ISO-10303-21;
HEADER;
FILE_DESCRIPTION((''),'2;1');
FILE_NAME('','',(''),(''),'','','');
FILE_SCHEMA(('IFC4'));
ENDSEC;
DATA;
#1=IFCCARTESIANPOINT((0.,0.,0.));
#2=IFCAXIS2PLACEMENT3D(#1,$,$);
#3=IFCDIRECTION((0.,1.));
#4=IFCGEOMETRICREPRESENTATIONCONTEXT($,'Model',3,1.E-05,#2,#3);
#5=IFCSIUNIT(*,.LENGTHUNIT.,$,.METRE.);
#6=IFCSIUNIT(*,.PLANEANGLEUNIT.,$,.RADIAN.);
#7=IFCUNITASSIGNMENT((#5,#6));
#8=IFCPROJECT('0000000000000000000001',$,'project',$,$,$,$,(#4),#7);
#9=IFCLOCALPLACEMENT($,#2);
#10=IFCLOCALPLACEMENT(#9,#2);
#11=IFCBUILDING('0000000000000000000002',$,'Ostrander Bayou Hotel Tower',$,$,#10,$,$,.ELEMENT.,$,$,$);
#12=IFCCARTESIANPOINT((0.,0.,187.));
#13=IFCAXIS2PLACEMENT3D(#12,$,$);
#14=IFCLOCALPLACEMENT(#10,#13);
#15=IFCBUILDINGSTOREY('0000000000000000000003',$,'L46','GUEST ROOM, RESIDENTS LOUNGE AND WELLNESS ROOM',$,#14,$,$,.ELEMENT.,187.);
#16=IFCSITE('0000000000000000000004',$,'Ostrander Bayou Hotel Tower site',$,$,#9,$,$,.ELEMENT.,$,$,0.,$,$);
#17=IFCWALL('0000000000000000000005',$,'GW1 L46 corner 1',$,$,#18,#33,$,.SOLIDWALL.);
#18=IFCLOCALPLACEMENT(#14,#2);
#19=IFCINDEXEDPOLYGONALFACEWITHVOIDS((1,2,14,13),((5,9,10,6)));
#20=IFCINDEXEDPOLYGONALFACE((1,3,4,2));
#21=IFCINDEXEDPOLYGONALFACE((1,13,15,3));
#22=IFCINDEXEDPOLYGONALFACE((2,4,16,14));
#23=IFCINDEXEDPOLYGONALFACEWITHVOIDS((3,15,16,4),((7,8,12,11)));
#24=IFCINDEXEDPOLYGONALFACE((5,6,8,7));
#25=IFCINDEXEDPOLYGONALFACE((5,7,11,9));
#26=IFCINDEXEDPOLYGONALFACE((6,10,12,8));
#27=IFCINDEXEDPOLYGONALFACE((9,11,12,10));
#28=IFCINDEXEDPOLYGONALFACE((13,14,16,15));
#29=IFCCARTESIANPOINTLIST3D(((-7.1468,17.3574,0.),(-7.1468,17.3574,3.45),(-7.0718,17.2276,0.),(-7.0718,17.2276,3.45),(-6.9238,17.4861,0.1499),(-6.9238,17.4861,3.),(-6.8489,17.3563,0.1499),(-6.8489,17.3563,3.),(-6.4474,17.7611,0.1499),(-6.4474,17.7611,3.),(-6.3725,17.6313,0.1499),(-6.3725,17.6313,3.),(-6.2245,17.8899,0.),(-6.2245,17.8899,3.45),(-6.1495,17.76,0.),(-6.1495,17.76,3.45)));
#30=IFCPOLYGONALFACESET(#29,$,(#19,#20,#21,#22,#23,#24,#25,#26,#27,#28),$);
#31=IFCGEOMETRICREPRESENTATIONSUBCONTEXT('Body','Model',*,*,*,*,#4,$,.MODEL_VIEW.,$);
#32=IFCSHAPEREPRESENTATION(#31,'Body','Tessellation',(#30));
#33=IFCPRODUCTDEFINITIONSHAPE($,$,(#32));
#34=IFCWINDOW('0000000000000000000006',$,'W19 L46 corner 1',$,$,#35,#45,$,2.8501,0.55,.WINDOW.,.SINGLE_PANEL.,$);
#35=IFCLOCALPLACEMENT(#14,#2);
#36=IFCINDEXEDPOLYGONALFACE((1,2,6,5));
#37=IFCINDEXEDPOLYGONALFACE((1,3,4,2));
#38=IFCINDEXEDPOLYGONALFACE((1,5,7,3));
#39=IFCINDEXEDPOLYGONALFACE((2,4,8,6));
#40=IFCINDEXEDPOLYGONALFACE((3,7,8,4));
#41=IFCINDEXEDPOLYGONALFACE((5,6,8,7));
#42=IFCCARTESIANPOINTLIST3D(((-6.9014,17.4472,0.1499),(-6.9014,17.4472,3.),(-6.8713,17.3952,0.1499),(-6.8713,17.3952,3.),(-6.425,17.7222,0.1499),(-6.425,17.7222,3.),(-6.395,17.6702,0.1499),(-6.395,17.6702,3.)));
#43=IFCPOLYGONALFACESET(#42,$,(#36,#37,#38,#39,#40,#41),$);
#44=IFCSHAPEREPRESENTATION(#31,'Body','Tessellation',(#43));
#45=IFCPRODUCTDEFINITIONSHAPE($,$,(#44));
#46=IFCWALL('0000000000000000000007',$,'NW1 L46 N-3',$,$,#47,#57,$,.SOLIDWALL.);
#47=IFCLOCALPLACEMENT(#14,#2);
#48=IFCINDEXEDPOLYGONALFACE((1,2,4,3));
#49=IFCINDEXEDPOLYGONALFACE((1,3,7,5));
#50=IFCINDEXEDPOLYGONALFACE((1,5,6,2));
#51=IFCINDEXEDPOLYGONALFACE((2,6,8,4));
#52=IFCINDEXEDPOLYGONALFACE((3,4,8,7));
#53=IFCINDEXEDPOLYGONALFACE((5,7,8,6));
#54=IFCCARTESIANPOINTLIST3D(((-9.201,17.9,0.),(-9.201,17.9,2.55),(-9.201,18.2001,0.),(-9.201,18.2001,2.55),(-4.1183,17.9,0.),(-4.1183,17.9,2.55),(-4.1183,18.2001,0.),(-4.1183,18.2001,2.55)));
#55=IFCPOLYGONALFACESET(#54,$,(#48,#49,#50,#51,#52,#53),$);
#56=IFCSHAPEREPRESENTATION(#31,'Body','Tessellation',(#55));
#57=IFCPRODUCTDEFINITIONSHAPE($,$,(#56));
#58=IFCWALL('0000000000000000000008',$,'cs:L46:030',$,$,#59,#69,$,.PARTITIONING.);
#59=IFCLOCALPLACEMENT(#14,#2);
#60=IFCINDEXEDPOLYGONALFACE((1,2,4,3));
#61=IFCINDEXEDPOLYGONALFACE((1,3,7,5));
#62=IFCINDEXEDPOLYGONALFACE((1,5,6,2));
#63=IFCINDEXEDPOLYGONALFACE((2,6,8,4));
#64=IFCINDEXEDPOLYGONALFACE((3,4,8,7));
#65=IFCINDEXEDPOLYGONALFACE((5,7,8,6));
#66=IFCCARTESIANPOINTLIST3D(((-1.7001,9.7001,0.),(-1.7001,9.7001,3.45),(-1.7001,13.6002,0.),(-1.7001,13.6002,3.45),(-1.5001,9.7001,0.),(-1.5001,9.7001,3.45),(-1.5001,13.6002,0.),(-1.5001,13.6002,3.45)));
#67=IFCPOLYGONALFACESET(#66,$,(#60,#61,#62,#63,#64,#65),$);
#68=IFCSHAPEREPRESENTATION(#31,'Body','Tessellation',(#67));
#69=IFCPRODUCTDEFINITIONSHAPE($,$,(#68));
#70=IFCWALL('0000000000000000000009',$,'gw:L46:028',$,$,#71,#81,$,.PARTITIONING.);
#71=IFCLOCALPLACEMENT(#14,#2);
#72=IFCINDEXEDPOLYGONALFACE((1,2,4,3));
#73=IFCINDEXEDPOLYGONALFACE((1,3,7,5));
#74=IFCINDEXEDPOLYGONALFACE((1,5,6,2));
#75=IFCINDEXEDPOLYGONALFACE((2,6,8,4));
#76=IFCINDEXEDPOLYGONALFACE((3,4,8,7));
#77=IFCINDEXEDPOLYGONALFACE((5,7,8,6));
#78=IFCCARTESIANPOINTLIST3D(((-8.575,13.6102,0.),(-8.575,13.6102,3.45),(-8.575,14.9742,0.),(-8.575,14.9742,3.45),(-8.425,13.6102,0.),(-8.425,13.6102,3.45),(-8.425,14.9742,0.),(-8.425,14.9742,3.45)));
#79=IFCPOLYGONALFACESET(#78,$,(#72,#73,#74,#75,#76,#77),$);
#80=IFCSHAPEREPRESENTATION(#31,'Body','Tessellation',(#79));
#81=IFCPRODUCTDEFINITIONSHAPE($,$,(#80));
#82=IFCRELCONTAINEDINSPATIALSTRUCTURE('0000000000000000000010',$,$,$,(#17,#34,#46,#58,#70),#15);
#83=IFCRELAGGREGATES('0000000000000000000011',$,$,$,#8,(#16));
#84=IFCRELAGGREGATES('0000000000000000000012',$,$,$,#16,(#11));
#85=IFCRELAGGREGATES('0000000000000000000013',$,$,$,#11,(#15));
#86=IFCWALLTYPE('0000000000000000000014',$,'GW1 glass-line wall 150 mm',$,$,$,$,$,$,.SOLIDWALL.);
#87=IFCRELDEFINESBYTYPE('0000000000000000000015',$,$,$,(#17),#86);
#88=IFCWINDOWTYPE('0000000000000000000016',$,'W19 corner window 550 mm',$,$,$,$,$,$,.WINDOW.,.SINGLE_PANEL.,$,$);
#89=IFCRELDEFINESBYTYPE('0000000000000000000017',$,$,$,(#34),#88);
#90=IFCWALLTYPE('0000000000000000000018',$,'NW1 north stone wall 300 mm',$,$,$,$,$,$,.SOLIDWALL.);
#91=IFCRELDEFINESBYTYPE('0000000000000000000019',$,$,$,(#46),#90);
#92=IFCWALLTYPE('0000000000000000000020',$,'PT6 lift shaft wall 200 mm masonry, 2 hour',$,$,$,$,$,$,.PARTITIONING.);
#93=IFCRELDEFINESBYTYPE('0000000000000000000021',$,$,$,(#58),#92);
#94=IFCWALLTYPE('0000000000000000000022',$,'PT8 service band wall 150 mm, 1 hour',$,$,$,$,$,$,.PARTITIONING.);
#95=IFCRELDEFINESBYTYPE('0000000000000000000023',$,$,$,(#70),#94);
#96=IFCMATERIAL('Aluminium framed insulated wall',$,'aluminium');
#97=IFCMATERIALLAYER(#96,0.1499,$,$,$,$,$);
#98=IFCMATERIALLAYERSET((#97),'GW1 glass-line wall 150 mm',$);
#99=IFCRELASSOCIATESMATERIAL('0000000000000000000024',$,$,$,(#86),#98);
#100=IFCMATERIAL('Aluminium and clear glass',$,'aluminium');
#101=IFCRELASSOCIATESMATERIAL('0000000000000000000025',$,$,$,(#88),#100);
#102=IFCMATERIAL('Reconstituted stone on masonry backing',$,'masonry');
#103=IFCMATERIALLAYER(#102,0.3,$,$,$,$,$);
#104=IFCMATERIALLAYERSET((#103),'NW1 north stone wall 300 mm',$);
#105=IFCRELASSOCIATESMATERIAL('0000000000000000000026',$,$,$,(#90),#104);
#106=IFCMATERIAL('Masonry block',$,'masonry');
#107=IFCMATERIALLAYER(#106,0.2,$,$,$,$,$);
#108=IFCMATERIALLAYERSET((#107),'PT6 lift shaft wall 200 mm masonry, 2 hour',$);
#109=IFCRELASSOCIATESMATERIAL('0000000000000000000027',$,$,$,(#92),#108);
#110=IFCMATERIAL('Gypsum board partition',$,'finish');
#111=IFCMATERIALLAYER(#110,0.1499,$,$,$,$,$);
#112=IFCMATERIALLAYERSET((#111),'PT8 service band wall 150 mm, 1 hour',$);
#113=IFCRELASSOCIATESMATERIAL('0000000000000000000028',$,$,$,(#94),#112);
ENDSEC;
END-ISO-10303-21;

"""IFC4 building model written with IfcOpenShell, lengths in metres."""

from ifc_helpers import new_model, si_unit, direction, frame, frame_2d, origin, place, context, subcontext, project, spatial, rectangle, extrude, material, layer, layer_set, type_object, element, fill, save


model = new_model("IFC4")

# Units and contexts
model_context = context("Model", 3, precision=1e-05, world=origin(), true_north=direction((0.0, 1.0)))
body_context = subcontext(model_context, "Body", "Model", "MODEL_VIEW")
ifc_project = project(units=[si_unit("LENGTHUNIT", "METRE"), si_unit("PLANEANGLEUNIT", "RADIAN")], contexts=[model_context])

# Site, building, storey
site_placement = place(None, origin())
site = spatial("IfcSite", under=ifc_project, at=site_placement, Name="Ostrander Bayou Hotel Tower site", CompositionType="ELEMENT", RefElevation=0.0)
building_placement = place(site_placement, origin())
building = spatial("IfcBuilding", under=site, at=building_placement, Name="Ostrander Bayou Hotel Tower", CompositionType="ELEMENT")
storey_placement = place(building_placement, frame((0.0, 0.0, 187.0)))
storey = spatial("IfcBuildingStorey", under=building, at=storey_placement, Name="L46", Description="GUEST ROOM, RESIDENTS LOUNGE AND WELLNESS ROOM", CompositionType="ELEMENT", Elevation=187.0)

# Shared definitions
ifc_material_1 = material(Name="Aluminium framed insulated wall", Category="aluminium")
ifc_layer_1 = layer(ifc_material_1, 0.1499)
ifc_layer_set_1 = layer_set([ifc_layer_1], Name="GW1 glass-line wall 150 mm")
wall_type_1 = type_object("IfcWallType", Name="GW1 glass-line wall 150 mm", PredefinedType="SOLIDWALL", material=ifc_layer_set_1)

# Wall, opening, window
wall_1_placement = place(storey_placement, frame((-6.187, 17.825, 0.0), z_axis=(0.0, 0.0, 1.0), x_axis=(-0.866048, -0.499961, 0.0)))
wall_1 = element("IfcWall", 1, at=wall_1_placement, inside=storey, type_object=wall_type_1, Name="GW1 L46 corner 1", PredefinedType="SOLIDWALL", context=body_context, shape_type="SweptSolid", body=[
    extrude(rectangle(XDim=1.0649, YDim=0.1499, at=frame_2d((0.5325, 0.0))), origin(), (0.0, 0.0, 1.0), 3.45),
])
opening_1_placement = place(wall_1_placement, frame((0.2576, 0.0, 0.1499)))
opening_1 = element("IfcOpeningElement", 2, at=opening_1_placement, cuts=wall_1, PredefinedType="OPENING", context=body_context, shape_type="SweptSolid", body=[
    extrude(rectangle(XDim=0.55, YDim=2.8501, at=frame_2d((0.2749, 1.425))), frame((0.0, 0.075, 0.0), z_axis=(0.0, -1.0, 0.0), x_axis=(1.0, 0.0, 0.0)), (0.0, 0.0, 1.0), 0.1499),
])
ifc_material_2 = material(Name="Aluminium and clear glass", Category="aluminium")
window_type_1 = type_object("IfcWindowType", Name="W19 corner window 550 mm", PartitioningType="SINGLE_PANEL", PredefinedType="WINDOW", material=ifc_material_2)
window_1_placement = place(opening_1_placement, origin())
window_1 = element("IfcWindow", 3, at=window_1_placement, inside=storey, type_object=window_type_1, Name="W19 L46 corner 1", OverallHeight=2.8501, OverallWidth=0.55, PartitioningType="SINGLE_PANEL", PredefinedType="WINDOW", context=body_context, shape_type="SweptSolid", body=[
    extrude(rectangle(XDim=0.55, YDim=2.8501, at=frame_2d((0.2749, 1.425))), frame((0.0, 0.03, 0.0), z_axis=(0.0, -1.0, 0.0), x_axis=(1.0, 0.0, 0.0)), (0.0, 0.0, 1.0), 0.0601),
])
fill(opening_1, window_1)

# Wall
ifc_material_3 = material(Name="Reconstituted stone on masonry backing", Category="masonry")
ifc_layer_2 = layer(ifc_material_3, 0.3)
ifc_layer_set_2 = layer_set([ifc_layer_2], Name="NW1 north stone wall 300 mm")
wall_type_2 = type_object("IfcWallType", Name="NW1 north stone wall 300 mm", PredefinedType="SOLIDWALL", material=ifc_layer_set_2)
wall_2_placement = place(storey_placement, frame((-4.1182, 18.05, 0.0), z_axis=(0.0, 0.0, 1.0), x_axis=(-1.0, 0.0, 0.0)))
element("IfcWall", 4, at=wall_2_placement, inside=storey, type_object=wall_type_2, Name="NW1 L46 N-3", PredefinedType="SOLIDWALL", context=body_context, shape_type="SweptSolid", body=[
    extrude(rectangle(XDim=5.0828, YDim=0.3, at=frame_2d((2.5415, 0.0))), origin(), (0.0, 0.0, 1.0), 2.55),
])

# Walls
ifc_material_4 = material(Name="Masonry block", Category="masonry")
ifc_layer_3 = layer(ifc_material_4, 0.2)
ifc_layer_set_3 = layer_set([ifc_layer_3], Name="PT6 lift shaft wall 200 mm masonry, 2 hour")
wall_type_3 = type_object("IfcWallType", Name="PT6 lift shaft wall 200 mm masonry, 2 hour", PredefinedType="PARTITIONING", material=ifc_layer_set_3)
wall_3_placement = place(storey_placement, frame((-1.6001, 9.7, 0.0), z_axis=(0.0, 0.0, 1.0), x_axis=(0.0, 1.0, 0.0)))
element("IfcWall", 5, at=wall_3_placement, inside=storey, type_object=wall_type_3, Name="cs:L46:030", PredefinedType="PARTITIONING", context=body_context, shape_type="SweptSolid", body=[
    extrude(rectangle(XDim=3.9001, YDim=0.2, at=frame_2d((1.9502, 0.0))), origin(), (0.0, 0.0, 1.0), 3.45),
])
ifc_material_5 = material(Name="Gypsum board partition", Category="finish")
ifc_layer_4 = layer(ifc_material_5, 0.1499)
ifc_layer_set_4 = layer_set([ifc_layer_4], Name="PT8 service band wall 150 mm, 1 hour")
wall_type_4 = type_object("IfcWallType", Name="PT8 service band wall 150 mm, 1 hour", PredefinedType="PARTITIONING", material=ifc_layer_set_4)
wall_4_placement = place(storey_placement, frame((-8.5, 13.6101, 0.0), z_axis=(0.0, 0.0, 1.0), x_axis=(0.0, 1.0, 0.0)))
element("IfcWall", 6, at=wall_4_placement, inside=storey, type_object=wall_type_4, Name="gw:L46:028", PredefinedType="PARTITIONING", context=body_context, shape_type="SweptSolid", body=[
    extrude(rectangle(XDim=1.364, YDim=0.1499, at=frame_2d((0.6821, 0.0))), origin(), (0.0, 0.0, 1.0), 3.45),
])

save(model, "model.ifc")
